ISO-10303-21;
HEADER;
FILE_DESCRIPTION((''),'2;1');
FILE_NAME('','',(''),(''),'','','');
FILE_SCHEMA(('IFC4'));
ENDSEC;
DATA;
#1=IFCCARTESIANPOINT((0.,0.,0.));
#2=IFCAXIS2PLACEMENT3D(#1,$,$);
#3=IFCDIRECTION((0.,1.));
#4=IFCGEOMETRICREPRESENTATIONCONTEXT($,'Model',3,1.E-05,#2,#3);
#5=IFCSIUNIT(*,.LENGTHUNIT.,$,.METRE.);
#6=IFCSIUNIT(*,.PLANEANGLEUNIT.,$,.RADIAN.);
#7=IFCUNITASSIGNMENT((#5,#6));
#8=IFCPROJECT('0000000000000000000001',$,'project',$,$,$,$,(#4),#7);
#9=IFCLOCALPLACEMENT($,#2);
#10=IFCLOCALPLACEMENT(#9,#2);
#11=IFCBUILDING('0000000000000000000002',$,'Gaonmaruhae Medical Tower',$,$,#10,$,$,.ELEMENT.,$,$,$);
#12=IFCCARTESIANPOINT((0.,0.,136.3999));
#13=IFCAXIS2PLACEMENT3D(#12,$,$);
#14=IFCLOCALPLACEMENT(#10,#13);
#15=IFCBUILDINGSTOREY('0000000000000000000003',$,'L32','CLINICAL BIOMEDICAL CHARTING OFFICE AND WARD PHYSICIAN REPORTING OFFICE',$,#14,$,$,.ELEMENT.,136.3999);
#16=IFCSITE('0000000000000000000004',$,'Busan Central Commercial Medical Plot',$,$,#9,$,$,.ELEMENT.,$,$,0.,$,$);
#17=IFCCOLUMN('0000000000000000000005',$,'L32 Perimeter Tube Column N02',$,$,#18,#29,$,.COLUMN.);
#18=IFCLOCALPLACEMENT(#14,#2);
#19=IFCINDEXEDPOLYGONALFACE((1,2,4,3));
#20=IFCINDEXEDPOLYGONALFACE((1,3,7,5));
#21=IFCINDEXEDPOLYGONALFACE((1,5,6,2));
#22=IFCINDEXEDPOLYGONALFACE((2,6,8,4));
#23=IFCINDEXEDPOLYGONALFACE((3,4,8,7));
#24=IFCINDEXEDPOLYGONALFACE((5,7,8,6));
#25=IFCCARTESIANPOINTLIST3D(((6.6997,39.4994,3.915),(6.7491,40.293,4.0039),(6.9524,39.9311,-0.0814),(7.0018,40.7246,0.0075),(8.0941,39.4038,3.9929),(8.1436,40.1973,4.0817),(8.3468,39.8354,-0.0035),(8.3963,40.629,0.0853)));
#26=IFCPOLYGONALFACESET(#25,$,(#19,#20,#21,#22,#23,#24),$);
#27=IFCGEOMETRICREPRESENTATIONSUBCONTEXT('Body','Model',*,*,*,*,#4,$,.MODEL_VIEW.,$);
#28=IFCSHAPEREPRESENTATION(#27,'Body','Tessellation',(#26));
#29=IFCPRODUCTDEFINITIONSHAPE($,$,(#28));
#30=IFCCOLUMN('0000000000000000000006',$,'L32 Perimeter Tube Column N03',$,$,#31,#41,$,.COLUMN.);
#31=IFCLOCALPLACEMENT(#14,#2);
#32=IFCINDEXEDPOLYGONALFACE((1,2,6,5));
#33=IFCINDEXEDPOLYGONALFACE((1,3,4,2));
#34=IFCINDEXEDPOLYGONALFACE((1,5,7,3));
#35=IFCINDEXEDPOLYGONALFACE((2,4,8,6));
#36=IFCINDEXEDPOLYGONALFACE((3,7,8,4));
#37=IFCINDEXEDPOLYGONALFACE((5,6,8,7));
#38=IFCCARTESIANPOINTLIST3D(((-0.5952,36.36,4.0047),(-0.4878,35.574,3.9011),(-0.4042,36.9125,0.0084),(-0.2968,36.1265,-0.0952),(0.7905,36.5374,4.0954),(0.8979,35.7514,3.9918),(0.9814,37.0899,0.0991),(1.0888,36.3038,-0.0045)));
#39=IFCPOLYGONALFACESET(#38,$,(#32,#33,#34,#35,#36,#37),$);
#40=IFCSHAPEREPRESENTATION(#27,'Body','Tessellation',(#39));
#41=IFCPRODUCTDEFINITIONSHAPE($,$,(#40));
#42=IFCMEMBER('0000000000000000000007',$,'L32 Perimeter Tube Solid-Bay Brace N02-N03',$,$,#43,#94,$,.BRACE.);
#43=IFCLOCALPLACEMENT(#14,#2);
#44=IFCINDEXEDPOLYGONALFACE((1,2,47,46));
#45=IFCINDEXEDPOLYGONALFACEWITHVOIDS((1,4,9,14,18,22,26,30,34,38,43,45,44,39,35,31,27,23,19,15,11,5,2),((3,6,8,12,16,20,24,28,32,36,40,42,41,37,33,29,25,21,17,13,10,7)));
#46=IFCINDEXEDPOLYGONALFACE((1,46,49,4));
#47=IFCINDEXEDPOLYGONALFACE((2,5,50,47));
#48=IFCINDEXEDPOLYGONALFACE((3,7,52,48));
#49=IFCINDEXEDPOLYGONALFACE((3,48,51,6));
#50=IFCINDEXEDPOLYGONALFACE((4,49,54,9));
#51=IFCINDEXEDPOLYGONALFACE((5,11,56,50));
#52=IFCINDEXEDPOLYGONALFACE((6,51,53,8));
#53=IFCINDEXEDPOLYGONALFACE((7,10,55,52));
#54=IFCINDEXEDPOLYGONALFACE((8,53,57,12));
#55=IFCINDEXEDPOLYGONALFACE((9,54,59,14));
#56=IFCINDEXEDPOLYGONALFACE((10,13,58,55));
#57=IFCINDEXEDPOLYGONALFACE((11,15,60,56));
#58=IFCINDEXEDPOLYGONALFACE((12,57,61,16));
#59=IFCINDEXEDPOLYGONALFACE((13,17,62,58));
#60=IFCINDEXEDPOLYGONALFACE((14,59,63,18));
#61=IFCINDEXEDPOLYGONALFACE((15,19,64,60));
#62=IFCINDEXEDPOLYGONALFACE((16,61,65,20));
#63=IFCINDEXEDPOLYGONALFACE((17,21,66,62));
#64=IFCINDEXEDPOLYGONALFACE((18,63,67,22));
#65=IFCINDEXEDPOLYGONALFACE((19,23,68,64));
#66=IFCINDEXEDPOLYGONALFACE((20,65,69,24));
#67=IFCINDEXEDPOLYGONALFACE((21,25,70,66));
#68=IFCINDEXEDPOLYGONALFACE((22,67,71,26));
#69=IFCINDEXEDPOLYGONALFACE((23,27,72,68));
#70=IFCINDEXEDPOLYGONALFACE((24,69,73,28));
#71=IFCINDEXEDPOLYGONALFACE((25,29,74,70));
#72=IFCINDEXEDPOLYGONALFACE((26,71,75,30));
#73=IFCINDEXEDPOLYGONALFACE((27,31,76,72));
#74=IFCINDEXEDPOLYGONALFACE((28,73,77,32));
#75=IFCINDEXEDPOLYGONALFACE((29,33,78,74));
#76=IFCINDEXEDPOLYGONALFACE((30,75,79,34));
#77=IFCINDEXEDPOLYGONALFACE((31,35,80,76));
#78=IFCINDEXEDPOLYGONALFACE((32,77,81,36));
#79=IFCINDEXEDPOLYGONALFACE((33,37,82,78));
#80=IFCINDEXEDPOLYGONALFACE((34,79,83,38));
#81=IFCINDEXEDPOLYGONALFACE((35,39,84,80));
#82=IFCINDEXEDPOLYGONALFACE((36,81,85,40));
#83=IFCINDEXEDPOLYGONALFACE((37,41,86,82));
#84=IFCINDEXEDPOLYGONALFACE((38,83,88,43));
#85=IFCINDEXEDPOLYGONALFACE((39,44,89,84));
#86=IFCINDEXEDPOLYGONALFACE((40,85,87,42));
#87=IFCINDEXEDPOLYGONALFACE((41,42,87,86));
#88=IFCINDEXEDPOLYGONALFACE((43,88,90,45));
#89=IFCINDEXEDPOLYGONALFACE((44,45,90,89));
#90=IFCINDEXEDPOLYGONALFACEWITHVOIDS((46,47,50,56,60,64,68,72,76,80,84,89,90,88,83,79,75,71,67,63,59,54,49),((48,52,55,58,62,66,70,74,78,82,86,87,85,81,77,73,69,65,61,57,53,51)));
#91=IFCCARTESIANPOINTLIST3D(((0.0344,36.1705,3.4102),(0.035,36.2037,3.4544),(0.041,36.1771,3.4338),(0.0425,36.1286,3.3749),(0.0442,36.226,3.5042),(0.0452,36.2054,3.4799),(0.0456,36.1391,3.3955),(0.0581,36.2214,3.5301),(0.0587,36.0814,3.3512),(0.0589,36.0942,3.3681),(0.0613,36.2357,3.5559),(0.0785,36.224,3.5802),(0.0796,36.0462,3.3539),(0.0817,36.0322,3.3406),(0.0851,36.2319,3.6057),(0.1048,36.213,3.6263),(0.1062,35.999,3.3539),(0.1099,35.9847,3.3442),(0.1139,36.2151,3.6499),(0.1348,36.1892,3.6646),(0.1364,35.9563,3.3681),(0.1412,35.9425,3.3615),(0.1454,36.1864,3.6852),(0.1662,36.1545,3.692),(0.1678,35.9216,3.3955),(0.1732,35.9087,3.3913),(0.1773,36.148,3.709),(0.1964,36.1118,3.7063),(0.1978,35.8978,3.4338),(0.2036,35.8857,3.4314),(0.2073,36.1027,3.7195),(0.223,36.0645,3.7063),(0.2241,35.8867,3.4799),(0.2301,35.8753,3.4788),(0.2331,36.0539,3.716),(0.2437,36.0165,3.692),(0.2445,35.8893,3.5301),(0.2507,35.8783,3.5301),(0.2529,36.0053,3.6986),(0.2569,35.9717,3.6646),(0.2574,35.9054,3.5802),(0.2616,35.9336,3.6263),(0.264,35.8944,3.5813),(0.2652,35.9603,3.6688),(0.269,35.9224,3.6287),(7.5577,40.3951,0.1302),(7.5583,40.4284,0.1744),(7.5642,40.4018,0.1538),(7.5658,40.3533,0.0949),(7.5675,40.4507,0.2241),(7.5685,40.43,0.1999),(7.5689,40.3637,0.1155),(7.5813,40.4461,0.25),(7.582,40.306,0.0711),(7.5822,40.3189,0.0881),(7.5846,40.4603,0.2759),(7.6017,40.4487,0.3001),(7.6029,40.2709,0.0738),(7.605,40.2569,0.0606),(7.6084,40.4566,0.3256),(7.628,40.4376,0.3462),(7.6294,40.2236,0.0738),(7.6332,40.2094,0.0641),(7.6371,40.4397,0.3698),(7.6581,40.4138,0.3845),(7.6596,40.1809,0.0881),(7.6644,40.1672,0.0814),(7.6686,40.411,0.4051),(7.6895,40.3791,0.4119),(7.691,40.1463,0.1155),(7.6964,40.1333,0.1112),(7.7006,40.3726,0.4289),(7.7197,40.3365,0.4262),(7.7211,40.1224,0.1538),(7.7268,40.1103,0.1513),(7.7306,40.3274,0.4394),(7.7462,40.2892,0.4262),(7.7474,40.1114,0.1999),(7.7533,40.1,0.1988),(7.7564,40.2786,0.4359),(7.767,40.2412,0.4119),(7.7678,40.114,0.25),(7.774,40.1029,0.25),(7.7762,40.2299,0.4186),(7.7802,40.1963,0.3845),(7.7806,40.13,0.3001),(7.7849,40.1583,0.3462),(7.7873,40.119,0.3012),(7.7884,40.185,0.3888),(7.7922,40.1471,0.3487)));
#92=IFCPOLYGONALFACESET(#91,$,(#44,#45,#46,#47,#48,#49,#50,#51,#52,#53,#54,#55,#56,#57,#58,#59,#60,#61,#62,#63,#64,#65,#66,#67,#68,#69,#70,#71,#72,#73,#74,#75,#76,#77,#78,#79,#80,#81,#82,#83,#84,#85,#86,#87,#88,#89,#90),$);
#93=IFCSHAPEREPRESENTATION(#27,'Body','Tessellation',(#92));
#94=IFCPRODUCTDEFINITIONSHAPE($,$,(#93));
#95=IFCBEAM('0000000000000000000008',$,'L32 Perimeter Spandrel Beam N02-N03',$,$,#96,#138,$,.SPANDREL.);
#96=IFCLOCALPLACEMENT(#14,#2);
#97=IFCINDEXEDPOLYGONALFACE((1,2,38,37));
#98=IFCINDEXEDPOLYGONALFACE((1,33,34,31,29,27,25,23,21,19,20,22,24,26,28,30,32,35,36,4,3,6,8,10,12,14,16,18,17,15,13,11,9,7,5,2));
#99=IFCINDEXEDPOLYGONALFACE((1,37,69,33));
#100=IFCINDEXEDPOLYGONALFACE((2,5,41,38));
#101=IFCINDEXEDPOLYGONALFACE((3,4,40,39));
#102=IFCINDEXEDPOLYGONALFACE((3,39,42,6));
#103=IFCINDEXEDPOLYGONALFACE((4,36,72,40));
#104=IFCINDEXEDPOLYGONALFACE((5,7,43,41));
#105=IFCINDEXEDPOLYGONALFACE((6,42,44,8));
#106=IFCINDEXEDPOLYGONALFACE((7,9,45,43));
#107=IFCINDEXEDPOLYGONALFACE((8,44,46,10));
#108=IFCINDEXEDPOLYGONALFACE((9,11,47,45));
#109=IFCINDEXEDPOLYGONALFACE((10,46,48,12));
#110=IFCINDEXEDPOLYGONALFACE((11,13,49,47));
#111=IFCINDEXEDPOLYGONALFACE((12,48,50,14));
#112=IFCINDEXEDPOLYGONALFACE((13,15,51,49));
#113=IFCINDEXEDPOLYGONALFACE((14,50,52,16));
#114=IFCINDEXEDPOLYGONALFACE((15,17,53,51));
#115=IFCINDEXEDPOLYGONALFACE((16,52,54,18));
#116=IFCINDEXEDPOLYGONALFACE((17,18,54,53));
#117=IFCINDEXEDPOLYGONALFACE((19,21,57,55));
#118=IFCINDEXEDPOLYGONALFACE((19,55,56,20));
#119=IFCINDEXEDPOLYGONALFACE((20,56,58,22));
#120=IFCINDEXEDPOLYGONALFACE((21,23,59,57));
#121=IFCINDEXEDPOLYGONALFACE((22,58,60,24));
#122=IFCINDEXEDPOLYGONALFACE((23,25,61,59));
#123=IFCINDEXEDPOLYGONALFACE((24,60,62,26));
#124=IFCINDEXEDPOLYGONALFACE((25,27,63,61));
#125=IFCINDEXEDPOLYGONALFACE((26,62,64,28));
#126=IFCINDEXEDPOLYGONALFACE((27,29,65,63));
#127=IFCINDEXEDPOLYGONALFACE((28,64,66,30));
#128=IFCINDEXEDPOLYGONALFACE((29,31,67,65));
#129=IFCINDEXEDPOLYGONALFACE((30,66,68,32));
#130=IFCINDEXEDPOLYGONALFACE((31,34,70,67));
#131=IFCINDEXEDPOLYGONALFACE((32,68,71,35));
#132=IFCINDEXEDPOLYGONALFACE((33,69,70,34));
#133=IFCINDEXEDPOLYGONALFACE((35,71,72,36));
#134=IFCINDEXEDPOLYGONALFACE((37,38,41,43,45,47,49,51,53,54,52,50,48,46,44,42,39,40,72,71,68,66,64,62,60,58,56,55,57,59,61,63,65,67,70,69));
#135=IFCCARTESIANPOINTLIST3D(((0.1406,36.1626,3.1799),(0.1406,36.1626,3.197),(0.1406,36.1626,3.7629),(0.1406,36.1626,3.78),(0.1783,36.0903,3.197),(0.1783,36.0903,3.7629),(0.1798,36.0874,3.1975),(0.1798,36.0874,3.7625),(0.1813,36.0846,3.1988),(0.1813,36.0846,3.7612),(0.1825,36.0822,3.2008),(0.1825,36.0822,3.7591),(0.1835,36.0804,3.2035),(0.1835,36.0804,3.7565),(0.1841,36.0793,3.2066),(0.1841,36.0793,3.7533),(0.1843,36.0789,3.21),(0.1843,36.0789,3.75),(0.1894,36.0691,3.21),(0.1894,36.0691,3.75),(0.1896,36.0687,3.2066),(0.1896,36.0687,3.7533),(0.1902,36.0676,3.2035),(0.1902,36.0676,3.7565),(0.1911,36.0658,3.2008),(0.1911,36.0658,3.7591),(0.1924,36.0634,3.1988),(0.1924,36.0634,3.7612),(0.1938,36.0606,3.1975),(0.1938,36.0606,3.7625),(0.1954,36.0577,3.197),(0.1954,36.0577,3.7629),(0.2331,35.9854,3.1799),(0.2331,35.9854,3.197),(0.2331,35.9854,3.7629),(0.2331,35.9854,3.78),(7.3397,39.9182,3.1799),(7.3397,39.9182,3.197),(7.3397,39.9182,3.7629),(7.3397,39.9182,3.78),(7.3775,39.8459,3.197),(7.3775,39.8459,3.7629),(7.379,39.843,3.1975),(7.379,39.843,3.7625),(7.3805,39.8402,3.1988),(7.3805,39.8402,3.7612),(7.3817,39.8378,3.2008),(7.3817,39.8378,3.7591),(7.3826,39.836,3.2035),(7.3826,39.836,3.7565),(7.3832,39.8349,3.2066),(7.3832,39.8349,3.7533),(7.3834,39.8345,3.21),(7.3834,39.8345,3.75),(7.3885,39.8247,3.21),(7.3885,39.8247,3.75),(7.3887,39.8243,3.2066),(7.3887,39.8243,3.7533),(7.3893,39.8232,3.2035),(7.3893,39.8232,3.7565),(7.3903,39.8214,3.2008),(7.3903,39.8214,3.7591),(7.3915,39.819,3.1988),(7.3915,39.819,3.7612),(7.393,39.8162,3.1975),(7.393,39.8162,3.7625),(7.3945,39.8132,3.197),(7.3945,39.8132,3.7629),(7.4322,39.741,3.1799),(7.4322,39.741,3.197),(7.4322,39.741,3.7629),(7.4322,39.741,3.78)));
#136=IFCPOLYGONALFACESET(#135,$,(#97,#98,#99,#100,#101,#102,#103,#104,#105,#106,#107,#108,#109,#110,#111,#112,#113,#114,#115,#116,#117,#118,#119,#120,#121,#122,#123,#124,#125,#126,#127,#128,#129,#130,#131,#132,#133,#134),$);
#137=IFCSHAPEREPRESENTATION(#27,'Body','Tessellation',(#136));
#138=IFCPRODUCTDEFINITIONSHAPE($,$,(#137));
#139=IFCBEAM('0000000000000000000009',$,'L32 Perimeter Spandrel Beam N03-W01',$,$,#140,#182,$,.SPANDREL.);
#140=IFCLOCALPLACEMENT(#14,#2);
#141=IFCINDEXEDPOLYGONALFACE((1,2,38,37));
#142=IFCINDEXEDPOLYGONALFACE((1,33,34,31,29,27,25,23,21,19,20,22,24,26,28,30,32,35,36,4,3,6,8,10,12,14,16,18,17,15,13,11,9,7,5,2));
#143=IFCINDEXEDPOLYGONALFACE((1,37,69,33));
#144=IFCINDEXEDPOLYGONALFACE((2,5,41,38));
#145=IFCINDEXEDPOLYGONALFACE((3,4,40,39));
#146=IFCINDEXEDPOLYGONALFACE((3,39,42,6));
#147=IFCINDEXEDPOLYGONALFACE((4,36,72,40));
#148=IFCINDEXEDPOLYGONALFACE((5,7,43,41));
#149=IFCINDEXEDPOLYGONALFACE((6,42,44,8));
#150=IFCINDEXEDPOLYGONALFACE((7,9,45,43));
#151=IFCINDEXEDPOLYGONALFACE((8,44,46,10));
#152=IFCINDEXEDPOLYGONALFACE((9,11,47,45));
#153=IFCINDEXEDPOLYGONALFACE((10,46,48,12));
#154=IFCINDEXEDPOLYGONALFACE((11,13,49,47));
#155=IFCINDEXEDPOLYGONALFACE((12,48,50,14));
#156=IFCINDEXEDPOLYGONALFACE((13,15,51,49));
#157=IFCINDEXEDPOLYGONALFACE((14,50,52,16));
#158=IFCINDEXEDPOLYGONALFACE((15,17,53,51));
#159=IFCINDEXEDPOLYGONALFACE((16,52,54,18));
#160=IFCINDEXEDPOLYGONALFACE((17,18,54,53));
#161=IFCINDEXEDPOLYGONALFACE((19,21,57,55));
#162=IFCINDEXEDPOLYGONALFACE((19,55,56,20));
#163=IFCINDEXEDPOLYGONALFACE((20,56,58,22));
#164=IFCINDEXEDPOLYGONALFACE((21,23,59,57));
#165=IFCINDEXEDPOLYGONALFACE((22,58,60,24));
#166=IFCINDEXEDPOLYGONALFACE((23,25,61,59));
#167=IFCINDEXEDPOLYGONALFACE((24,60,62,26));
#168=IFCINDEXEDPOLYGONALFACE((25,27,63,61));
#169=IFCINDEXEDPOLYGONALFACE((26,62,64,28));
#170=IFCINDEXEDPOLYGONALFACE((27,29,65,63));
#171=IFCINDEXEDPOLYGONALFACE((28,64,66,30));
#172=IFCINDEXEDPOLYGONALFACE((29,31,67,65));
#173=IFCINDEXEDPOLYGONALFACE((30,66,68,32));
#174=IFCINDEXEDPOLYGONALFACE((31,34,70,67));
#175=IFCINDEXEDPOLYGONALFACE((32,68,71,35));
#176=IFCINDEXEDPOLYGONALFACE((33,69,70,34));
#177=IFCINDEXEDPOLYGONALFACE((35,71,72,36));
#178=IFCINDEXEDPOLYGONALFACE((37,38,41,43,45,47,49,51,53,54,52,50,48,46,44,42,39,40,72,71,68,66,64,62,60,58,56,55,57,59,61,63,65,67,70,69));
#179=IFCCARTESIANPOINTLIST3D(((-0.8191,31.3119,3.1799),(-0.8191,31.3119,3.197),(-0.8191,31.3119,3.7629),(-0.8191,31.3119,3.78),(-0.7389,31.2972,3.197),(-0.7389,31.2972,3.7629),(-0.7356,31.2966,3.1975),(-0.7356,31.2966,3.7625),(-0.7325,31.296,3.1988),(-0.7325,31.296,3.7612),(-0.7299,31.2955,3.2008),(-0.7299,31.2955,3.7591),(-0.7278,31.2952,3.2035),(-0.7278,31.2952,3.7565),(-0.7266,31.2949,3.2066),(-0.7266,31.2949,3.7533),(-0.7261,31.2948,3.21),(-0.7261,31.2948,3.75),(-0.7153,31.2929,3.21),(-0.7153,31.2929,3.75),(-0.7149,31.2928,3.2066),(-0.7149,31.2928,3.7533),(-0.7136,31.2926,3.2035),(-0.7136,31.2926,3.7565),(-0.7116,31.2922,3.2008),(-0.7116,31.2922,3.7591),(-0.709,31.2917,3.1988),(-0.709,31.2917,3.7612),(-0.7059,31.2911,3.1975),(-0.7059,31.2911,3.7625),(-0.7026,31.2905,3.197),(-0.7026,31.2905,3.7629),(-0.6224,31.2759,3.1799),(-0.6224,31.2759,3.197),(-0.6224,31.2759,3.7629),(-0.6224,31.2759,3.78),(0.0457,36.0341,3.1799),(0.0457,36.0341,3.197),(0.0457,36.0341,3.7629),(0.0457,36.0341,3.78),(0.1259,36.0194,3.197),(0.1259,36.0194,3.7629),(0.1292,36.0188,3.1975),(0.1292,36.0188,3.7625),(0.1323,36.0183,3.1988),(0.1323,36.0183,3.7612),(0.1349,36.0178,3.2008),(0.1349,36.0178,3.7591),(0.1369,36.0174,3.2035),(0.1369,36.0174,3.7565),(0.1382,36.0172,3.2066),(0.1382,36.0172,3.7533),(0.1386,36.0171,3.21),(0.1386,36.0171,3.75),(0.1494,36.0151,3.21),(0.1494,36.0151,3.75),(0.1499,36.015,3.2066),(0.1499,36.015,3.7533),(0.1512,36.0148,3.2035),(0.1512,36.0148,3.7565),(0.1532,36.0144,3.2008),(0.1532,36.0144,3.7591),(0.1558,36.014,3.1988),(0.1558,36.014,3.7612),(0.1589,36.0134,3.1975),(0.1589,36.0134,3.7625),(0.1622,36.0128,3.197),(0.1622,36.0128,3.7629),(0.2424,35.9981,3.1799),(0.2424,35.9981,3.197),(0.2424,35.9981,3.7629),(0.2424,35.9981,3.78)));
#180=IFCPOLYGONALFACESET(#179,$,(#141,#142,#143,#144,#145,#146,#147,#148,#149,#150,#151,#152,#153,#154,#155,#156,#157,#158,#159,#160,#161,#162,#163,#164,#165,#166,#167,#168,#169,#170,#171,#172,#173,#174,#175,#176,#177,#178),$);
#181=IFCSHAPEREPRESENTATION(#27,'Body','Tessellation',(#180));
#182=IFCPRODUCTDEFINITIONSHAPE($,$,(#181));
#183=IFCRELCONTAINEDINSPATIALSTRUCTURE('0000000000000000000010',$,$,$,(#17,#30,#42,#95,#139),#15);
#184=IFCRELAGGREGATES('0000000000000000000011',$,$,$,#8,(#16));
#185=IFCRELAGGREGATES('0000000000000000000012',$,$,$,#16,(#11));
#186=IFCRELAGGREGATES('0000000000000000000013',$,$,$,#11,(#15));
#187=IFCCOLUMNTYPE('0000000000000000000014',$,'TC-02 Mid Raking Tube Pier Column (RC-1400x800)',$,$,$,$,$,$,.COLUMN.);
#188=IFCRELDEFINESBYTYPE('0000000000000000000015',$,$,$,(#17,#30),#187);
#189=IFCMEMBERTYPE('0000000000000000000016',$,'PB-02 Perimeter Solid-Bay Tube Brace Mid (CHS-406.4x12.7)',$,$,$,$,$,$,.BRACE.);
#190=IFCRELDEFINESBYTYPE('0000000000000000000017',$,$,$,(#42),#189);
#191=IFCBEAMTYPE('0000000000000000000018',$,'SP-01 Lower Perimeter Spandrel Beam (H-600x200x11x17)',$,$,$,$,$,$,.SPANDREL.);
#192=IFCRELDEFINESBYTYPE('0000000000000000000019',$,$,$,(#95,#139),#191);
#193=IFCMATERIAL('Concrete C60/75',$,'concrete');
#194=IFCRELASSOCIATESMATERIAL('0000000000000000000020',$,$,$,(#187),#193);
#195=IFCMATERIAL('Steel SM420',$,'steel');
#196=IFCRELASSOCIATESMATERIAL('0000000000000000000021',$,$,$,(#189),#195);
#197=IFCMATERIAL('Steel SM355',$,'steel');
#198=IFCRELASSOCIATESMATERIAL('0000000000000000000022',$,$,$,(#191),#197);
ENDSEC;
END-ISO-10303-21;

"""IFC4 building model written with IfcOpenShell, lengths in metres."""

from ifc_helpers import new_model, si_unit, direction, frame, origin, origin_2d, place, context, subcontext, project, spatial, rectangle, hollow_circle, i_section, extrude, material, material_profile, profile_set, type_object, element, save


model = new_model("IFC4")

# Units and contexts
model_context = context("Model", 3, precision=1e-05, world=origin(), true_north=direction((0.0, 1.0)))
body_context = subcontext(model_context, "Body", "Model", "MODEL_VIEW")
ifc_project = project(units=[si_unit("LENGTHUNIT", "METRE"), si_unit("PLANEANGLEUNIT", "RADIAN")], contexts=[model_context])

# Site, building, storey
site_placement = place(None, origin())
site = spatial("IfcSite", under=ifc_project, at=site_placement, Name="Busan Central Commercial Medical Plot", CompositionType="ELEMENT", RefElevation=0.0)
building_placement = place(site_placement, origin())
building = spatial("IfcBuilding", under=site, at=building_placement, Name="Gaonmaruhae Medical Tower", CompositionType="ELEMENT")
storey_placement = place(building_placement, frame((0.0, 0.0, 136.3999)))
storey = spatial("IfcBuildingStorey", under=building, at=storey_placement, Name="L32", Description="CLINICAL BIOMEDICAL CHARTING OFFICE AND WARD PHYSICIAN REPORTING OFFICE", CompositionType="ELEMENT", Elevation=136.3999)

# Columns
ifc_material_1 = material(Name="Concrete C60/75", Category="concrete")
ifc_material_profile_1 = material_profile(ifc_material_1, rectangle(XDim=1.3999, YDim=0.8, at=origin_2d()), Name="RC-1400x800")
ifc_profile_set_1 = profile_set([ifc_material_profile_1], Name="Concrete C60/75")
column_type = type_object("IfcColumnType", Name="TC-02 Mid Raking Tube Pier Column (RC-1400x800)", PredefinedType="COLUMN", material=ifc_profile_set_1)
column_1_placement = place(storey_placement, frame((7.6743, 40.28, 0.002), z_axis=(-0.06274, -0.107173, 0.992259), x_axis=(0.996113, -0.068308, 0.055606)))
element("IfcColumn", 1, at=column_1_placement, inside=storey, type_object=column_type, Name="L32 Perimeter Tube Column N02", PredefinedType="COLUMN", context=body_context, shape_type="SweptSolid", body=[
    extrude(rectangle(XDim=1.3999, YDim=0.8, at=origin_2d()), origin(), (0.0, 0.0, 1.0), 4.0276),
])
column_2_placement = place(storey_placement, frame((0.3423, 36.6082, 0.002), z_axis=(-0.04727, -0.136794, 0.989471), x_axis=(0.989821, 0.12671, 0.064804)))
element("IfcColumn", 2, at=column_2_placement, inside=storey, type_object=column_type, Name="L32 Perimeter Tube Column N03", PredefinedType="COLUMN", context=body_context, shape_type="SweptSolid", body=[
    extrude(rectangle(XDim=1.3999, YDim=0.8, at=origin_2d()), origin(), (0.0, 0.0, 1.0), 4.0388),
])

# Member
ifc_material_2 = material(Name="Steel SM420", Category="steel")
ifc_material_profile_2 = material_profile(ifc_material_2, hollow_circle(Radius=0.2031, WallThickness=0.0127, at=origin_2d()), Name="CHS-406.4x12.7")
ifc_profile_set_2 = profile_set([ifc_material_profile_2], Name="Steel SM420")
member_type = type_object("IfcMemberType", Name="PB-02 Perimeter Solid-Bay Tube Brace Mid (CHS-406.4x12.7)", PredefinedType="BRACE", material=ifc_profile_set_2)
member_placement = place(storey_placement, frame((7.6746, 40.28, 0.25), z_axis=(-0.815026, -0.457673, 0.355342), x_axis=(0.489628, -0.871931, 0.0)))
element("IfcMember", 3, at=member_placement, inside=storey, type_object=member_type, Name="L32 Perimeter Tube Solid-Bay Brace N02-N03", PredefinedType="BRACE", context=body_context, shape_type="SweptSolid", body=[
    extrude(hollow_circle(Radius=0.2031, WallThickness=0.0127, at=origin_2d()), origin(), (0.0, 0.0, 1.0), 9.2307),
])

# Beams
ifc_material_3 = material(Name="Steel SM355", Category="steel")
ifc_material_profile_3 = material_profile(ifc_material_3, i_section(OverallWidth=0.2, OverallDepth=0.6001, WebThickness=0.011, FlangeThickness=0.0171, FilletRadius=0.0129, at=origin_2d()), Name="H-600x200x11x17")
ifc_profile_set_3 = profile_set([ifc_material_profile_3], Name="Steel SM355")
beam_type = type_object("IfcBeamType", Name="SP-01 Lower Perimeter Spandrel Beam (H-600x200x11x17)", PredefinedType="SPANDREL", material=ifc_profile_set_3)
beam_1_placement = place(storey_placement, frame((7.386, 39.8296, 3.48), z_axis=(-0.88661, -0.462518, 0.0), x_axis=(0.462518, -0.88661, 0.0)))
element("IfcBeam", 4, at=beam_1_placement, inside=storey, type_object=beam_type, Name="L32 Perimeter Spandrel Beam N02-N03", PredefinedType="SPANDREL", context=body_context, shape_type="SweptSolid", body=[
    extrude(i_section(OverallWidth=0.2, OverallDepth=0.6001, WebThickness=0.011, FlangeThickness=0.0171, FilletRadius=0.0129, at=origin_2d()), origin(), (0.0, 0.0, 1.0), 8.1199),
])
beam_2_placement = place(storey_placement, frame((0.144, 36.0161, 3.48), z_axis=(-0.180129, -0.983643, 0.0), x_axis=(0.983643, -0.180129, 0.0)))
element("IfcBeam", 5, at=beam_2_placement, inside=storey, type_object=beam_type, Name="L32 Perimeter Spandrel Beam N03-W01", PredefinedType="SPANDREL", context=body_context, shape_type="SweptSolid", body=[
    extrude(i_section(OverallWidth=0.2, OverallDepth=0.6001, WebThickness=0.011, FlangeThickness=0.0171, FilletRadius=0.0129, at=origin_2d()), origin(), (0.0, 0.0, 1.0), 4.8008),
])

save(model, "model.ifc")
